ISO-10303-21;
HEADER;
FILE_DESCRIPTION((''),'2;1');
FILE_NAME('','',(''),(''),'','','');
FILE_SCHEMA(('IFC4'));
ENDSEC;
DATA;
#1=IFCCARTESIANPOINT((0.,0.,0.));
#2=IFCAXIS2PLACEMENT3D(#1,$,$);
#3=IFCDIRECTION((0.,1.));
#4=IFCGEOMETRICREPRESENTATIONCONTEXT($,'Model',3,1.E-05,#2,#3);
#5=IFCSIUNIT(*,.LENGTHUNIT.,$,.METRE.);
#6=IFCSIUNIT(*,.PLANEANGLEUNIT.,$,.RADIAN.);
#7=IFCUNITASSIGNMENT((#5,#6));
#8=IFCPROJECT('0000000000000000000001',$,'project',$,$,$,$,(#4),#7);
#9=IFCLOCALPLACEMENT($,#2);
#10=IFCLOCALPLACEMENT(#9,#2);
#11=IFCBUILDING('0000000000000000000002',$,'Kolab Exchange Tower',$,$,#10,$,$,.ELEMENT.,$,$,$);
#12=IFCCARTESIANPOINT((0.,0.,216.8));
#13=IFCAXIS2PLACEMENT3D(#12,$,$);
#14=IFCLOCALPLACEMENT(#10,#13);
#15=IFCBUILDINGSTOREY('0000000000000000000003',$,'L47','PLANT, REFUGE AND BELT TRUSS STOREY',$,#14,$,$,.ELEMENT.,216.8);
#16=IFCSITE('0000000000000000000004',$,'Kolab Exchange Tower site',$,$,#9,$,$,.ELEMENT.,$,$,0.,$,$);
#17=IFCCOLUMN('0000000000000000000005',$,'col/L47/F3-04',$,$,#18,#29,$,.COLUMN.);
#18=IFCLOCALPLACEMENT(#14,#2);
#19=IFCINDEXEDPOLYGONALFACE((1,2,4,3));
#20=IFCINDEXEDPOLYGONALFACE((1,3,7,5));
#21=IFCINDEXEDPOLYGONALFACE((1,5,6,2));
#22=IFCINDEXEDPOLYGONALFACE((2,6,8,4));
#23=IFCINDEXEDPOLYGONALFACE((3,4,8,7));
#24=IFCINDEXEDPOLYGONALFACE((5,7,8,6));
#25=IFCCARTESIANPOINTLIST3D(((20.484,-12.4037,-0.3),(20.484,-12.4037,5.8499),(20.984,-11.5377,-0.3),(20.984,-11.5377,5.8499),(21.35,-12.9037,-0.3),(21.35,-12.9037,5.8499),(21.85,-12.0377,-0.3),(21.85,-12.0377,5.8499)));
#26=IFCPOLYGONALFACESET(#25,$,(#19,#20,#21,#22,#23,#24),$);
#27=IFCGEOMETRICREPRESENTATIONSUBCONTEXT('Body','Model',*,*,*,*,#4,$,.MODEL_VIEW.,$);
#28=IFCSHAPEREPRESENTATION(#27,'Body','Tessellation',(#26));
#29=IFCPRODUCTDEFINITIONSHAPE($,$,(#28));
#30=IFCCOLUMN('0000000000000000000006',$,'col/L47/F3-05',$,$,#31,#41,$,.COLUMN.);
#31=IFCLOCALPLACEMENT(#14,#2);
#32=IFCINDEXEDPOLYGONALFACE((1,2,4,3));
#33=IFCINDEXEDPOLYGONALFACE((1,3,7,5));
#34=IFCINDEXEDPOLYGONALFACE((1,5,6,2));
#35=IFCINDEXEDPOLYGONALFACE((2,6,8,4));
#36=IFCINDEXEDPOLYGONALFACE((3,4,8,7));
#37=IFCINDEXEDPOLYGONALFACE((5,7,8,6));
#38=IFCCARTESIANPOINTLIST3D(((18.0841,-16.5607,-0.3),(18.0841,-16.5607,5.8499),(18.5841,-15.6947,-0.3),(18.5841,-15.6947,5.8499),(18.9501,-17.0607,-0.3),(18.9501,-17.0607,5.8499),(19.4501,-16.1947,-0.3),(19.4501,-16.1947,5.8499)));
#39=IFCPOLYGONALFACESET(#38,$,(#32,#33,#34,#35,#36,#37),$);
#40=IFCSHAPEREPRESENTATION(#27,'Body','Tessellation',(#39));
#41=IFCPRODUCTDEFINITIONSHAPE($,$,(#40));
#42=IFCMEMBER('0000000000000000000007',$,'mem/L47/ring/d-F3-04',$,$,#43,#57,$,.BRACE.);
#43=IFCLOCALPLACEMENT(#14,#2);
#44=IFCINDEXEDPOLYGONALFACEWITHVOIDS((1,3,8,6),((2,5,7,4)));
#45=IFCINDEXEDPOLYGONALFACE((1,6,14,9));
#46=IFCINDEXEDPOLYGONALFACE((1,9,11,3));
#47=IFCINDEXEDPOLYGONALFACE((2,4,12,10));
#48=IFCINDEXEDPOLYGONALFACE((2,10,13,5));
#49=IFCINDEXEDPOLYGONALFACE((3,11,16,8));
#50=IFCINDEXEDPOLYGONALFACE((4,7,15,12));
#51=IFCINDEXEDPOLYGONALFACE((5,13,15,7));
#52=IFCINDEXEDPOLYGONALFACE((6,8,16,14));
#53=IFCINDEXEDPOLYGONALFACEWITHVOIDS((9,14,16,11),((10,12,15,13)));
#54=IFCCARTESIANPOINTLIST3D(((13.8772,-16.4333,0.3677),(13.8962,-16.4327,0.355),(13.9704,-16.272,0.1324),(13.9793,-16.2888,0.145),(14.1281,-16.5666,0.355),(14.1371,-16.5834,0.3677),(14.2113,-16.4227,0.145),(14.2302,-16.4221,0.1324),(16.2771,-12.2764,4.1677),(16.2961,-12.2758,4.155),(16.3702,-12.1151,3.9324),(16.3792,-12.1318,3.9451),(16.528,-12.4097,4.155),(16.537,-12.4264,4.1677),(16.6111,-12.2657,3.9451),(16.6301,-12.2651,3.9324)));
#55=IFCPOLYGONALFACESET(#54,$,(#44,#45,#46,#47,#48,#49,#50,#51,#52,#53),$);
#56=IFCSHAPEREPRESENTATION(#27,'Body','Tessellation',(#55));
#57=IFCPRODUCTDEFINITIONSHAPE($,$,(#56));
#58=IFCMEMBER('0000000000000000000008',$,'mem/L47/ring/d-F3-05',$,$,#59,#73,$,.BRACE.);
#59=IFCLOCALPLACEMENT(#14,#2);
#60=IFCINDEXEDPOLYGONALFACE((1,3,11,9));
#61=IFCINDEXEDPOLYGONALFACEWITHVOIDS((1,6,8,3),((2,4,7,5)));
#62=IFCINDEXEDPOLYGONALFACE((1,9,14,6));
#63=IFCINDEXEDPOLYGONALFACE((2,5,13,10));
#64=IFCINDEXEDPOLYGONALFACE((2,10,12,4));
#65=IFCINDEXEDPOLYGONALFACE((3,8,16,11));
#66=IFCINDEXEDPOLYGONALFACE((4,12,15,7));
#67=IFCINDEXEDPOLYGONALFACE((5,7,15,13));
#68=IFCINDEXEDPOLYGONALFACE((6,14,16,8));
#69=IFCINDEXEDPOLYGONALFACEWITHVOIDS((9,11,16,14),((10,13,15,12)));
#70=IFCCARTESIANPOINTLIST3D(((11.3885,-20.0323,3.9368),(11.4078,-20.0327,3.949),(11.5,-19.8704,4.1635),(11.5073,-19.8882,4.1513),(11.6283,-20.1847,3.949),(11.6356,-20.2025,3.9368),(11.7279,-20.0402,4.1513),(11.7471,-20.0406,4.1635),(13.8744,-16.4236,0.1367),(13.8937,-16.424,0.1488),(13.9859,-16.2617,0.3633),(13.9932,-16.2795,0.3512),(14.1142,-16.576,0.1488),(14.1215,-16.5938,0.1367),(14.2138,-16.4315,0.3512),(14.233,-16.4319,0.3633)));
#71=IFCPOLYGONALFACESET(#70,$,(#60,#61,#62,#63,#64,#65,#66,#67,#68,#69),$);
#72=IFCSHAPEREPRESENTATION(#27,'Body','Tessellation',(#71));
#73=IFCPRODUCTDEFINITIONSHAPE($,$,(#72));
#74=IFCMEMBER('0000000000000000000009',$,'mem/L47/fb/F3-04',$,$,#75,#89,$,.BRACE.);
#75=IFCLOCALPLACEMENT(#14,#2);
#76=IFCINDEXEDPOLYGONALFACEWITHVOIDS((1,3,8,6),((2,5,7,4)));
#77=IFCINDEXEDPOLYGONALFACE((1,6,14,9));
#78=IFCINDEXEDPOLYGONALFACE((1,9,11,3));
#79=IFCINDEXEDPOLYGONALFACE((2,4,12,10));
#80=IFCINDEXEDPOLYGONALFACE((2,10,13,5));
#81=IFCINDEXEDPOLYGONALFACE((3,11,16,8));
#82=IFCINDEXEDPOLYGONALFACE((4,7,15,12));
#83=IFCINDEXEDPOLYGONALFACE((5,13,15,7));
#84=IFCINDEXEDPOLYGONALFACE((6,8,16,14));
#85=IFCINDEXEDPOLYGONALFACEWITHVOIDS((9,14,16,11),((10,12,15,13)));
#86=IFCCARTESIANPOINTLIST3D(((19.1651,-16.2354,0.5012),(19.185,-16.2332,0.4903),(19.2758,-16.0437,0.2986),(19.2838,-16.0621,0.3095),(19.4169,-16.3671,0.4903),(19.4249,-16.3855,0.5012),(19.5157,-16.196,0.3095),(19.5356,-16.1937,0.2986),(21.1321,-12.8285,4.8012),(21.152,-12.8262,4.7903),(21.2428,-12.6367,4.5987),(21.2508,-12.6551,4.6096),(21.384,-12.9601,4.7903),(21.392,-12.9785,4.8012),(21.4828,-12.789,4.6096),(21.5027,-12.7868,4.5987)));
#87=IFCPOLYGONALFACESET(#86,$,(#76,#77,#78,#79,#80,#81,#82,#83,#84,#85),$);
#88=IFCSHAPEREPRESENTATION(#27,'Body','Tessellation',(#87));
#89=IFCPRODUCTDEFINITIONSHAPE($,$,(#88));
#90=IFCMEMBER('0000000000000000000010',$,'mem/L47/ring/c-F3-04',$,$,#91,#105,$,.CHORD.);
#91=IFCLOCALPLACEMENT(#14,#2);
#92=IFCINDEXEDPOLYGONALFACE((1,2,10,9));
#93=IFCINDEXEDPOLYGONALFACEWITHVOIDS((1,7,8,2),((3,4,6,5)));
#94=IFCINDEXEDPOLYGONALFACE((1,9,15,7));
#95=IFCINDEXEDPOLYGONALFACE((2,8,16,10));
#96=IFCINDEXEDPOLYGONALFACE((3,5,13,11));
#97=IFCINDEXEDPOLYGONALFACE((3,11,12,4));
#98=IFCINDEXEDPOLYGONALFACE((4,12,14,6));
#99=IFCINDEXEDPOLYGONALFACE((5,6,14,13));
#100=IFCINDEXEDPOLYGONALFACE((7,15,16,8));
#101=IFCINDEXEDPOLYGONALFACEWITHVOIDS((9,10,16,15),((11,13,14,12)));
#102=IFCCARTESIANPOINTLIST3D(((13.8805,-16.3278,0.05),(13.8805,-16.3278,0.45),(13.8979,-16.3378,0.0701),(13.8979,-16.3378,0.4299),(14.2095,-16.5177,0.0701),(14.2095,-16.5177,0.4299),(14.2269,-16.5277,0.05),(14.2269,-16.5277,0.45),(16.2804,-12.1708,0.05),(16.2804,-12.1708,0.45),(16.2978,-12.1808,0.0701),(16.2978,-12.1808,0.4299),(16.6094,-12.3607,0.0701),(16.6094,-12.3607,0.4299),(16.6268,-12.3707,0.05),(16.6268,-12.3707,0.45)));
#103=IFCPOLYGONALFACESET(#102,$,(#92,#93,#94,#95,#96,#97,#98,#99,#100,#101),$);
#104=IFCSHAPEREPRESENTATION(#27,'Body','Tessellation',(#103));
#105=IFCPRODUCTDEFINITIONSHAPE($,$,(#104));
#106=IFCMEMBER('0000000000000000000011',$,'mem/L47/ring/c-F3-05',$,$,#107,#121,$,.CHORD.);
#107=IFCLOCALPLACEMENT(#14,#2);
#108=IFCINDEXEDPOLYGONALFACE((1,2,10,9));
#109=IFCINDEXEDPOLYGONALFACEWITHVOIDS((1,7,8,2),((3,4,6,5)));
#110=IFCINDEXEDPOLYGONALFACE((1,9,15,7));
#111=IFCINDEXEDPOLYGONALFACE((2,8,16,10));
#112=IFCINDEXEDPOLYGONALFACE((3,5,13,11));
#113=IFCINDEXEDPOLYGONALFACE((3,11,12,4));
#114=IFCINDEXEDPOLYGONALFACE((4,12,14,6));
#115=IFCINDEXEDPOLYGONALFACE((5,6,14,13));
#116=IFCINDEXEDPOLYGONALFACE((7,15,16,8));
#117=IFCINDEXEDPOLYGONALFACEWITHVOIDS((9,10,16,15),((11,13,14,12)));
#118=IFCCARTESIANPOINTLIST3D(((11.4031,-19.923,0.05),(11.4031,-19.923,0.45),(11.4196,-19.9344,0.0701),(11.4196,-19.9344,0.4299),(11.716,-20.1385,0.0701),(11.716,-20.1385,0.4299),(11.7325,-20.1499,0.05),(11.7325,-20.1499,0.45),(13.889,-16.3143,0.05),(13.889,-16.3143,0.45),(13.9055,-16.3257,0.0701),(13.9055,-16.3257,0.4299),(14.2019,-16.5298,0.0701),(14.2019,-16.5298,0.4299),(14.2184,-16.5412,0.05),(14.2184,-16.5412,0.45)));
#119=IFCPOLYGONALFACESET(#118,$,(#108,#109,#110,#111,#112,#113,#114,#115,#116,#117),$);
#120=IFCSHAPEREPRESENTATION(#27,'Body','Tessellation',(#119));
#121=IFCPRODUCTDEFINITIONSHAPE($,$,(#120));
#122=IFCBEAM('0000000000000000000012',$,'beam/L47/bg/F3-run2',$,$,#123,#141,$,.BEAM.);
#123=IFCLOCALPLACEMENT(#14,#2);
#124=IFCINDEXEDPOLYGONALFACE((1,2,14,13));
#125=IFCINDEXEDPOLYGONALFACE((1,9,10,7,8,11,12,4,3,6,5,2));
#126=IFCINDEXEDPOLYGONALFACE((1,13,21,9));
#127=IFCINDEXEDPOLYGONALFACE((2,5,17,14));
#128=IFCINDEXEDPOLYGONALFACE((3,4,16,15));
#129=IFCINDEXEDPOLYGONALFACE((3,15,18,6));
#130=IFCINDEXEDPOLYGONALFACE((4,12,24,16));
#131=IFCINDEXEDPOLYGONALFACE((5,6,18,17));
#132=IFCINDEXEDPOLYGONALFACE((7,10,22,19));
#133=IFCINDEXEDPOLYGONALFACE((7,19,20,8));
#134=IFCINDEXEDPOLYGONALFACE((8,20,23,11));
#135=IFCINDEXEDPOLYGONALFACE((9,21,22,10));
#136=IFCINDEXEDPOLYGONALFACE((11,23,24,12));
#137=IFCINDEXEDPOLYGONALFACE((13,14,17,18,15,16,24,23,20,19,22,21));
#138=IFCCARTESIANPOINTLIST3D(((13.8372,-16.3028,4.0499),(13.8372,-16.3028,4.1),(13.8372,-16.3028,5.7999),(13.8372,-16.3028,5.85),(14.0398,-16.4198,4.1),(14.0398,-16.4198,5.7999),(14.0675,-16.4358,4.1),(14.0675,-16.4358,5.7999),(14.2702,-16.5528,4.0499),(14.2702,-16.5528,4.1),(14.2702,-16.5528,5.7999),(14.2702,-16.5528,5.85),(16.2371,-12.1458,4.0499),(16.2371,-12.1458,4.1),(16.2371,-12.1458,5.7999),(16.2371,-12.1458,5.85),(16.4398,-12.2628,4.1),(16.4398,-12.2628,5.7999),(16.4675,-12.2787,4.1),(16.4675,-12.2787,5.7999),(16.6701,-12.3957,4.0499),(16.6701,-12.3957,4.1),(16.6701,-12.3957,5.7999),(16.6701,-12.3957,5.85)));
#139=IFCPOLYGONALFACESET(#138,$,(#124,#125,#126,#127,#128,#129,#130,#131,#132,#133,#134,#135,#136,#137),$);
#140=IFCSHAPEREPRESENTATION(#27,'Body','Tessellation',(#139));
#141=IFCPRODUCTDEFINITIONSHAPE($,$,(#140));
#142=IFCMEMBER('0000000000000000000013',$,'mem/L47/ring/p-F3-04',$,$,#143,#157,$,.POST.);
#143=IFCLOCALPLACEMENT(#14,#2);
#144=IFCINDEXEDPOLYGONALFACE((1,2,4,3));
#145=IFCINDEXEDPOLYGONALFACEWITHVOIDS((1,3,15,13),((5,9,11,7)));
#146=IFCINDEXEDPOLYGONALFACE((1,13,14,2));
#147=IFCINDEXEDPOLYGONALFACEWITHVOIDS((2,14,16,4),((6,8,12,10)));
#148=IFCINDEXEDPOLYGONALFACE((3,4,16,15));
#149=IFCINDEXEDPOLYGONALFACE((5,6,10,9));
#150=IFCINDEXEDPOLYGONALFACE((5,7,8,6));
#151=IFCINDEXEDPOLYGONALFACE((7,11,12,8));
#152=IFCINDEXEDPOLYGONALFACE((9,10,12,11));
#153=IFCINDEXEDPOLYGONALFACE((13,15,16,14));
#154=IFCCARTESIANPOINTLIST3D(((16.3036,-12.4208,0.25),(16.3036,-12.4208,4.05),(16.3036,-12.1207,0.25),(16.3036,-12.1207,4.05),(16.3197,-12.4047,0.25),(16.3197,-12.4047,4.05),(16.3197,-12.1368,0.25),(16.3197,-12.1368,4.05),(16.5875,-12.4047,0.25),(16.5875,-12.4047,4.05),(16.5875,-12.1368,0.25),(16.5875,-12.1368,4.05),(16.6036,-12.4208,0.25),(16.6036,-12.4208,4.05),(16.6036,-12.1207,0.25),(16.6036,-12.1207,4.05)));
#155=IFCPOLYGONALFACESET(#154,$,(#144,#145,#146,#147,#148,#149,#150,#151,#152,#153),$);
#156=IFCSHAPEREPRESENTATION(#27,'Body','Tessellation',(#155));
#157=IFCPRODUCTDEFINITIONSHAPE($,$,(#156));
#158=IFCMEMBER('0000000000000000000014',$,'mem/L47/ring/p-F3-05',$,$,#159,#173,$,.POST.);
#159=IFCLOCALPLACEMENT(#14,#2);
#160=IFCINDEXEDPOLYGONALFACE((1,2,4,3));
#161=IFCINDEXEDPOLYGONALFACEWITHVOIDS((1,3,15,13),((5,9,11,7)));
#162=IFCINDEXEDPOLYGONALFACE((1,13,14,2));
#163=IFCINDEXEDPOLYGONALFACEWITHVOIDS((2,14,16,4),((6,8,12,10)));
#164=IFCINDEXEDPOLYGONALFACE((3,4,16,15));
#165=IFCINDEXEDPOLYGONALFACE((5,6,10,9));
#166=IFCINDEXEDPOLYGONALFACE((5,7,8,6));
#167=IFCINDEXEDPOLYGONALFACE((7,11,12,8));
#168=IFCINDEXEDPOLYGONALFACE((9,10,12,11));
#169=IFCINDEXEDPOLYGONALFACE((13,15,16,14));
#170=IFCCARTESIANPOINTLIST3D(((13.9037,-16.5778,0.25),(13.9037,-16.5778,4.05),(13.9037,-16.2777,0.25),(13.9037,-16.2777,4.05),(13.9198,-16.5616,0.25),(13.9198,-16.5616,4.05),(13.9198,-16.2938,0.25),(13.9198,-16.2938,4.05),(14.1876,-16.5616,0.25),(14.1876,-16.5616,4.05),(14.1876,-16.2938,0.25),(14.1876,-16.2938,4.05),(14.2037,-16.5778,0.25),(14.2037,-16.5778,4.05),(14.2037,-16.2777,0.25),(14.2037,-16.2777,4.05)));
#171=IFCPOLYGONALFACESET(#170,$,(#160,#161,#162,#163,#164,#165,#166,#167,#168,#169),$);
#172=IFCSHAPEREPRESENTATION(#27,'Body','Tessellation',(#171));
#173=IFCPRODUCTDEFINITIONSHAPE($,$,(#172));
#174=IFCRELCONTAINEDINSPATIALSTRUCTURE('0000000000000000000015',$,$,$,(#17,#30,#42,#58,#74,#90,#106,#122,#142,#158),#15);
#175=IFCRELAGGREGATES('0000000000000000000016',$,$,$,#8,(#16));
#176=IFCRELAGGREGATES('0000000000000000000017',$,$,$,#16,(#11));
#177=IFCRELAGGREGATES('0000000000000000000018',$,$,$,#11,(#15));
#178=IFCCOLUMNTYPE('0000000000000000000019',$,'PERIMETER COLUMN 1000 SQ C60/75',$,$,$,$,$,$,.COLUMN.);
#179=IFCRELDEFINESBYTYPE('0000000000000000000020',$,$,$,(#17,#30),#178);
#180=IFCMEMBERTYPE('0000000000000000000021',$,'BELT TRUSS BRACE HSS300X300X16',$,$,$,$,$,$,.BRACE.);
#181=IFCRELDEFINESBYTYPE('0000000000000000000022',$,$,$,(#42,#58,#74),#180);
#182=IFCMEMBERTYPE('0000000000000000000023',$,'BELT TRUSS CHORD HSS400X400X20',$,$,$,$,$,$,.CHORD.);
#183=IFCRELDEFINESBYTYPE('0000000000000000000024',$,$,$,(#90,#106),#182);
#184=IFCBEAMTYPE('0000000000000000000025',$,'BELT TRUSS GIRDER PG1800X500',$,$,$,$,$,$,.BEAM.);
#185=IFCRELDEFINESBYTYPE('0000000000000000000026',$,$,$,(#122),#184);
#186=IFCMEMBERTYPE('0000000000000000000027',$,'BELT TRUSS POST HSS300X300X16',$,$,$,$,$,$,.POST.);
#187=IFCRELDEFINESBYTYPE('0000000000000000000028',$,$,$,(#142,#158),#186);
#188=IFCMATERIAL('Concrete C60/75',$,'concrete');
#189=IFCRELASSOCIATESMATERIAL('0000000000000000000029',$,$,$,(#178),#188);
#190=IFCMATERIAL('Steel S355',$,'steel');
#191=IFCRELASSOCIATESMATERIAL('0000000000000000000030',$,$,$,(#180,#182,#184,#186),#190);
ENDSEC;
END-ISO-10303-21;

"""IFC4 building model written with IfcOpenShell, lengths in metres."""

from ifc_helpers import new_model, si_unit, direction, frame, origin, origin_2d, place, context, subcontext, project, spatial, rectangle, hollow_rectangle, i_section, extrude, material, material_profile, profile_set, type_object, element, save


model = new_model("IFC4")

# Units and contexts
model_context = context("Model", 3, precision=1e-05, world=origin(), true_north=direction((0.0, 1.0)))
body_context = subcontext(model_context, "Body", "Model", "MODEL_VIEW")
ifc_project = project(units=[si_unit("LENGTHUNIT", "METRE"), si_unit("PLANEANGLEUNIT", "RADIAN")], contexts=[model_context])

# Site, building, storey
site_placement = place(None, origin())
site = spatial("IfcSite", under=ifc_project, at=site_placement, Name="Kolab Exchange Tower site", CompositionType="ELEMENT", RefElevation=0.0)
building_placement = place(site_placement, origin())
building = spatial("IfcBuilding", under=site, at=building_placement, Name="Kolab Exchange Tower", CompositionType="ELEMENT")
storey_placement = place(building_placement, frame((0.0, 0.0, 216.8)))
storey = spatial("IfcBuildingStorey", under=building, at=storey_placement, Name="L47", Description="PLANT, REFUGE AND BELT TRUSS STOREY", CompositionType="ELEMENT", Elevation=216.8)

# Columns
ifc_material_1 = material(Name="Concrete C60/75", Category="concrete")
ifc_material_profile_1 = material_profile(ifc_material_1, rectangle(XDim=1.0, YDim=1.0, at=origin_2d()), Name="RC1000")
ifc_profile_set_1 = profile_set([ifc_material_profile_1], Name="Concrete C60/75")
column_type = type_object("IfcColumnType", Name="PERIMETER COLUMN 1000 SQ C60/75", PredefinedType="COLUMN", material=ifc_profile_set_1)
for number, where, z_axis, x_axis, name in (
    (1, (21.167, -12.2207, -0.3), (0.0, 0.0, 1.0), (0.5, 0.866025, 0.0), "col/L47/F3-04"),
    (2, (18.7671, -16.3777, -0.3), (0.0, 0.0, 1.0), (0.5, 0.866025, 0.0), "col/L47/F3-05"),
):
    element("IfcColumn", number, at=place(storey_placement, frame(where, z_axis=z_axis, x_axis=x_axis)), inside=storey, type_object=column_type, Name=name, PredefinedType="COLUMN", context=body_context, shape_type="SweptSolid", body=[
        extrude(rectangle(XDim=1.0, YDim=1.0, at=origin_2d()), origin(), (0.0, 0.0, 1.0), 6.1499),
    ])

# Members
ifc_material_2 = material(Name="Steel S355", Category="steel")
ifc_material_profile_2 = material_profile(ifc_material_2, hollow_rectangle(XDim=0.3, YDim=0.3, WallThickness=0.0161, at=origin_2d()), Name="HSS300X300X16")
ifc_profile_set_2 = profile_set([ifc_material_profile_2], Name="Steel S355")
member_type_1 = type_object("IfcMemberType", Name="BELT TRUSS BRACE HSS300X300X16", PredefinedType="BRACE", material=ifc_profile_set_2)
member_1_placement = place(storey_placement, frame((16.4536, -12.2708, 4.05), z_axis=(-0.392005, -0.67901, -0.620708), x_axis=(0.866037, -0.499979, 0.0)))
element("IfcMember", 3, at=member_1_placement, inside=storey, type_object=member_type_1, Name="mem/L47/ring/d-F3-04", PredefinedType="BRACE", context=body_context, shape_type="SweptSolid", body=[
    extrude(hollow_rectangle(XDim=0.3, YDim=0.3, WallThickness=0.0161, at=origin_2d()), origin(), (0.0, 0.0, 1.0), 6.1221),
])
member_2_placement = place(storey_placement, frame((14.0537, -16.4277, 0.25), z_axis=(-0.42858, -0.622161, 0.655161), x_axis=(0.82352, -0.567288, 0.0)))
element("IfcMember", 4, at=member_2_placement, inside=storey, type_object=member_type_1, Name="mem/L47/ring/d-F3-05", PredefinedType="BRACE", context=body_context, shape_type="SweptSolid", body=[
    extrude(hollow_rectangle(XDim=0.3, YDim=0.3, WallThickness=0.0161, at=origin_2d()), origin(), (0.0, 0.0, 1.0), 5.8003),
])
member_3_placement = place(storey_placement, frame((21.3174, -12.8076, 4.7), z_axis=(-0.337508, -0.584575, -0.737808), x_axis=(0.866023, -0.500004, 0.0)))
element("IfcMember", 5, at=member_3_placement, inside=storey, type_object=member_type_1, Name="mem/L47/fb/F3-04", PredefinedType="BRACE", context=body_context, shape_type="SweptSolid", body=[
    extrude(hollow_rectangle(XDim=0.3, YDim=0.3, WallThickness=0.0161, at=origin_2d()), origin(), (0.0, 0.0, 1.0), 5.8281),
])
ifc_material_profile_3 = material_profile(ifc_material_2, hollow_rectangle(XDim=0.3999, YDim=0.3999, WallThickness=0.02, at=origin_2d()), Name="HSS400X400X20")
ifc_profile_set_3 = profile_set([ifc_material_profile_3], Name="Steel S355")
member_type_2 = type_object("IfcMemberType", Name="BELT TRUSS CHORD HSS400X400X20", PredefinedType="CHORD", material=ifc_profile_set_3)
member_4_placement = place(storey_placement, frame((16.4536, -12.2708, 0.25), z_axis=(-0.499979, -0.866037, 0.0), x_axis=(0.866037, -0.499979, 0.0)))
element("IfcMember", 6, at=member_4_placement, inside=storey, type_object=member_type_2, Name="mem/L47/ring/c-F3-04", PredefinedType="CHORD", context=body_context, shape_type="SweptSolid", body=[
    extrude(hollow_rectangle(XDim=0.3999, YDim=0.3999, WallThickness=0.02, at=origin_2d()), origin(), (0.0, 0.0, 1.0), 4.8),
])
member_5_placement = place(storey_placement, frame((14.0537, -16.4277, 0.25), z_axis=(-0.567288, -0.82352, 0.0), x_axis=(0.82352, -0.567288, 0.0)))
element("IfcMember", 7, at=member_5_placement, inside=storey, type_object=member_type_2, Name="mem/L47/ring/c-F3-05", PredefinedType="CHORD", context=body_context, shape_type="SweptSolid", body=[
    extrude(hollow_rectangle(XDim=0.3999, YDim=0.3999, WallThickness=0.02, at=origin_2d()), origin(), (0.0, 0.0, 1.0), 4.3821),
])

# Beam
ifc_material_profile_4 = material_profile(ifc_material_2, i_section(OverallWidth=0.5, OverallDepth=1.8, WebThickness=0.032, FlangeThickness=0.05, at=origin_2d()), Name="PG1800X500")
ifc_profile_set_4 = profile_set([ifc_material_profile_4], Name="Steel S355")
beam_type_1 = type_object("IfcBeamType", Name="BELT TRUSS GIRDER PG1800X500", PredefinedType="BEAM", material=ifc_profile_set_4)
beam_1_placement = place(storey_placement, frame((16.4536, -12.2708, 4.95), z_axis=(-0.499979, -0.866037, 0.0), x_axis=(0.866037, -0.499979, 0.0)))
element("IfcBeam", 8, at=beam_1_placement, inside=storey, type_object=beam_type_1, Name="beam/L47/bg/F3-run2", PredefinedType="BEAM", context=body_context, shape_type="SweptSolid", body=[
    extrude(i_section(OverallWidth=0.5, OverallDepth=1.8, WebThickness=0.032, FlangeThickness=0.05, at=origin_2d()), origin(), (0.0, 0.0, 1.0), 4.8),
])

# Members
ifc_material_profile_5 = material_profile(ifc_material_2, hollow_rectangle(XDim=0.3, YDim=0.3, WallThickness=0.0161, at=origin_2d()), Name="HSS300X300X16")
ifc_profile_set_5 = profile_set([ifc_material_profile_5], Name="Steel S355")
member_type_3 = type_object("IfcMemberType", Name="BELT TRUSS POST HSS300X300X16", PredefinedType="POST", material=ifc_profile_set_5)
for number, where, z_axis, x_axis, name in (
    (9, (16.4536, -12.2708, 0.25), (0.0, 0.0, 1.0), (1.0, 0.0, 0.0), "mem/L47/ring/p-F3-04"),
    (10, (14.0537, -16.4277, 0.25), (0.0, 0.0, 1.0), (1.0, 0.0, 0.0), "mem/L47/ring/p-F3-05"),
):
    element("IfcMember", number, at=place(storey_placement, frame(where, z_axis=z_axis, x_axis=x_axis)), inside=storey, type_object=member_type_3, Name=name, PredefinedType="POST", context=body_context, shape_type="SweptSolid", body=[
        extrude(hollow_rectangle(XDim=0.3, YDim=0.3, WallThickness=0.0161, at=origin_2d()), origin(), (0.0, 0.0, 1.0), 3.8),
    ])

save(model, "model.ifc")
